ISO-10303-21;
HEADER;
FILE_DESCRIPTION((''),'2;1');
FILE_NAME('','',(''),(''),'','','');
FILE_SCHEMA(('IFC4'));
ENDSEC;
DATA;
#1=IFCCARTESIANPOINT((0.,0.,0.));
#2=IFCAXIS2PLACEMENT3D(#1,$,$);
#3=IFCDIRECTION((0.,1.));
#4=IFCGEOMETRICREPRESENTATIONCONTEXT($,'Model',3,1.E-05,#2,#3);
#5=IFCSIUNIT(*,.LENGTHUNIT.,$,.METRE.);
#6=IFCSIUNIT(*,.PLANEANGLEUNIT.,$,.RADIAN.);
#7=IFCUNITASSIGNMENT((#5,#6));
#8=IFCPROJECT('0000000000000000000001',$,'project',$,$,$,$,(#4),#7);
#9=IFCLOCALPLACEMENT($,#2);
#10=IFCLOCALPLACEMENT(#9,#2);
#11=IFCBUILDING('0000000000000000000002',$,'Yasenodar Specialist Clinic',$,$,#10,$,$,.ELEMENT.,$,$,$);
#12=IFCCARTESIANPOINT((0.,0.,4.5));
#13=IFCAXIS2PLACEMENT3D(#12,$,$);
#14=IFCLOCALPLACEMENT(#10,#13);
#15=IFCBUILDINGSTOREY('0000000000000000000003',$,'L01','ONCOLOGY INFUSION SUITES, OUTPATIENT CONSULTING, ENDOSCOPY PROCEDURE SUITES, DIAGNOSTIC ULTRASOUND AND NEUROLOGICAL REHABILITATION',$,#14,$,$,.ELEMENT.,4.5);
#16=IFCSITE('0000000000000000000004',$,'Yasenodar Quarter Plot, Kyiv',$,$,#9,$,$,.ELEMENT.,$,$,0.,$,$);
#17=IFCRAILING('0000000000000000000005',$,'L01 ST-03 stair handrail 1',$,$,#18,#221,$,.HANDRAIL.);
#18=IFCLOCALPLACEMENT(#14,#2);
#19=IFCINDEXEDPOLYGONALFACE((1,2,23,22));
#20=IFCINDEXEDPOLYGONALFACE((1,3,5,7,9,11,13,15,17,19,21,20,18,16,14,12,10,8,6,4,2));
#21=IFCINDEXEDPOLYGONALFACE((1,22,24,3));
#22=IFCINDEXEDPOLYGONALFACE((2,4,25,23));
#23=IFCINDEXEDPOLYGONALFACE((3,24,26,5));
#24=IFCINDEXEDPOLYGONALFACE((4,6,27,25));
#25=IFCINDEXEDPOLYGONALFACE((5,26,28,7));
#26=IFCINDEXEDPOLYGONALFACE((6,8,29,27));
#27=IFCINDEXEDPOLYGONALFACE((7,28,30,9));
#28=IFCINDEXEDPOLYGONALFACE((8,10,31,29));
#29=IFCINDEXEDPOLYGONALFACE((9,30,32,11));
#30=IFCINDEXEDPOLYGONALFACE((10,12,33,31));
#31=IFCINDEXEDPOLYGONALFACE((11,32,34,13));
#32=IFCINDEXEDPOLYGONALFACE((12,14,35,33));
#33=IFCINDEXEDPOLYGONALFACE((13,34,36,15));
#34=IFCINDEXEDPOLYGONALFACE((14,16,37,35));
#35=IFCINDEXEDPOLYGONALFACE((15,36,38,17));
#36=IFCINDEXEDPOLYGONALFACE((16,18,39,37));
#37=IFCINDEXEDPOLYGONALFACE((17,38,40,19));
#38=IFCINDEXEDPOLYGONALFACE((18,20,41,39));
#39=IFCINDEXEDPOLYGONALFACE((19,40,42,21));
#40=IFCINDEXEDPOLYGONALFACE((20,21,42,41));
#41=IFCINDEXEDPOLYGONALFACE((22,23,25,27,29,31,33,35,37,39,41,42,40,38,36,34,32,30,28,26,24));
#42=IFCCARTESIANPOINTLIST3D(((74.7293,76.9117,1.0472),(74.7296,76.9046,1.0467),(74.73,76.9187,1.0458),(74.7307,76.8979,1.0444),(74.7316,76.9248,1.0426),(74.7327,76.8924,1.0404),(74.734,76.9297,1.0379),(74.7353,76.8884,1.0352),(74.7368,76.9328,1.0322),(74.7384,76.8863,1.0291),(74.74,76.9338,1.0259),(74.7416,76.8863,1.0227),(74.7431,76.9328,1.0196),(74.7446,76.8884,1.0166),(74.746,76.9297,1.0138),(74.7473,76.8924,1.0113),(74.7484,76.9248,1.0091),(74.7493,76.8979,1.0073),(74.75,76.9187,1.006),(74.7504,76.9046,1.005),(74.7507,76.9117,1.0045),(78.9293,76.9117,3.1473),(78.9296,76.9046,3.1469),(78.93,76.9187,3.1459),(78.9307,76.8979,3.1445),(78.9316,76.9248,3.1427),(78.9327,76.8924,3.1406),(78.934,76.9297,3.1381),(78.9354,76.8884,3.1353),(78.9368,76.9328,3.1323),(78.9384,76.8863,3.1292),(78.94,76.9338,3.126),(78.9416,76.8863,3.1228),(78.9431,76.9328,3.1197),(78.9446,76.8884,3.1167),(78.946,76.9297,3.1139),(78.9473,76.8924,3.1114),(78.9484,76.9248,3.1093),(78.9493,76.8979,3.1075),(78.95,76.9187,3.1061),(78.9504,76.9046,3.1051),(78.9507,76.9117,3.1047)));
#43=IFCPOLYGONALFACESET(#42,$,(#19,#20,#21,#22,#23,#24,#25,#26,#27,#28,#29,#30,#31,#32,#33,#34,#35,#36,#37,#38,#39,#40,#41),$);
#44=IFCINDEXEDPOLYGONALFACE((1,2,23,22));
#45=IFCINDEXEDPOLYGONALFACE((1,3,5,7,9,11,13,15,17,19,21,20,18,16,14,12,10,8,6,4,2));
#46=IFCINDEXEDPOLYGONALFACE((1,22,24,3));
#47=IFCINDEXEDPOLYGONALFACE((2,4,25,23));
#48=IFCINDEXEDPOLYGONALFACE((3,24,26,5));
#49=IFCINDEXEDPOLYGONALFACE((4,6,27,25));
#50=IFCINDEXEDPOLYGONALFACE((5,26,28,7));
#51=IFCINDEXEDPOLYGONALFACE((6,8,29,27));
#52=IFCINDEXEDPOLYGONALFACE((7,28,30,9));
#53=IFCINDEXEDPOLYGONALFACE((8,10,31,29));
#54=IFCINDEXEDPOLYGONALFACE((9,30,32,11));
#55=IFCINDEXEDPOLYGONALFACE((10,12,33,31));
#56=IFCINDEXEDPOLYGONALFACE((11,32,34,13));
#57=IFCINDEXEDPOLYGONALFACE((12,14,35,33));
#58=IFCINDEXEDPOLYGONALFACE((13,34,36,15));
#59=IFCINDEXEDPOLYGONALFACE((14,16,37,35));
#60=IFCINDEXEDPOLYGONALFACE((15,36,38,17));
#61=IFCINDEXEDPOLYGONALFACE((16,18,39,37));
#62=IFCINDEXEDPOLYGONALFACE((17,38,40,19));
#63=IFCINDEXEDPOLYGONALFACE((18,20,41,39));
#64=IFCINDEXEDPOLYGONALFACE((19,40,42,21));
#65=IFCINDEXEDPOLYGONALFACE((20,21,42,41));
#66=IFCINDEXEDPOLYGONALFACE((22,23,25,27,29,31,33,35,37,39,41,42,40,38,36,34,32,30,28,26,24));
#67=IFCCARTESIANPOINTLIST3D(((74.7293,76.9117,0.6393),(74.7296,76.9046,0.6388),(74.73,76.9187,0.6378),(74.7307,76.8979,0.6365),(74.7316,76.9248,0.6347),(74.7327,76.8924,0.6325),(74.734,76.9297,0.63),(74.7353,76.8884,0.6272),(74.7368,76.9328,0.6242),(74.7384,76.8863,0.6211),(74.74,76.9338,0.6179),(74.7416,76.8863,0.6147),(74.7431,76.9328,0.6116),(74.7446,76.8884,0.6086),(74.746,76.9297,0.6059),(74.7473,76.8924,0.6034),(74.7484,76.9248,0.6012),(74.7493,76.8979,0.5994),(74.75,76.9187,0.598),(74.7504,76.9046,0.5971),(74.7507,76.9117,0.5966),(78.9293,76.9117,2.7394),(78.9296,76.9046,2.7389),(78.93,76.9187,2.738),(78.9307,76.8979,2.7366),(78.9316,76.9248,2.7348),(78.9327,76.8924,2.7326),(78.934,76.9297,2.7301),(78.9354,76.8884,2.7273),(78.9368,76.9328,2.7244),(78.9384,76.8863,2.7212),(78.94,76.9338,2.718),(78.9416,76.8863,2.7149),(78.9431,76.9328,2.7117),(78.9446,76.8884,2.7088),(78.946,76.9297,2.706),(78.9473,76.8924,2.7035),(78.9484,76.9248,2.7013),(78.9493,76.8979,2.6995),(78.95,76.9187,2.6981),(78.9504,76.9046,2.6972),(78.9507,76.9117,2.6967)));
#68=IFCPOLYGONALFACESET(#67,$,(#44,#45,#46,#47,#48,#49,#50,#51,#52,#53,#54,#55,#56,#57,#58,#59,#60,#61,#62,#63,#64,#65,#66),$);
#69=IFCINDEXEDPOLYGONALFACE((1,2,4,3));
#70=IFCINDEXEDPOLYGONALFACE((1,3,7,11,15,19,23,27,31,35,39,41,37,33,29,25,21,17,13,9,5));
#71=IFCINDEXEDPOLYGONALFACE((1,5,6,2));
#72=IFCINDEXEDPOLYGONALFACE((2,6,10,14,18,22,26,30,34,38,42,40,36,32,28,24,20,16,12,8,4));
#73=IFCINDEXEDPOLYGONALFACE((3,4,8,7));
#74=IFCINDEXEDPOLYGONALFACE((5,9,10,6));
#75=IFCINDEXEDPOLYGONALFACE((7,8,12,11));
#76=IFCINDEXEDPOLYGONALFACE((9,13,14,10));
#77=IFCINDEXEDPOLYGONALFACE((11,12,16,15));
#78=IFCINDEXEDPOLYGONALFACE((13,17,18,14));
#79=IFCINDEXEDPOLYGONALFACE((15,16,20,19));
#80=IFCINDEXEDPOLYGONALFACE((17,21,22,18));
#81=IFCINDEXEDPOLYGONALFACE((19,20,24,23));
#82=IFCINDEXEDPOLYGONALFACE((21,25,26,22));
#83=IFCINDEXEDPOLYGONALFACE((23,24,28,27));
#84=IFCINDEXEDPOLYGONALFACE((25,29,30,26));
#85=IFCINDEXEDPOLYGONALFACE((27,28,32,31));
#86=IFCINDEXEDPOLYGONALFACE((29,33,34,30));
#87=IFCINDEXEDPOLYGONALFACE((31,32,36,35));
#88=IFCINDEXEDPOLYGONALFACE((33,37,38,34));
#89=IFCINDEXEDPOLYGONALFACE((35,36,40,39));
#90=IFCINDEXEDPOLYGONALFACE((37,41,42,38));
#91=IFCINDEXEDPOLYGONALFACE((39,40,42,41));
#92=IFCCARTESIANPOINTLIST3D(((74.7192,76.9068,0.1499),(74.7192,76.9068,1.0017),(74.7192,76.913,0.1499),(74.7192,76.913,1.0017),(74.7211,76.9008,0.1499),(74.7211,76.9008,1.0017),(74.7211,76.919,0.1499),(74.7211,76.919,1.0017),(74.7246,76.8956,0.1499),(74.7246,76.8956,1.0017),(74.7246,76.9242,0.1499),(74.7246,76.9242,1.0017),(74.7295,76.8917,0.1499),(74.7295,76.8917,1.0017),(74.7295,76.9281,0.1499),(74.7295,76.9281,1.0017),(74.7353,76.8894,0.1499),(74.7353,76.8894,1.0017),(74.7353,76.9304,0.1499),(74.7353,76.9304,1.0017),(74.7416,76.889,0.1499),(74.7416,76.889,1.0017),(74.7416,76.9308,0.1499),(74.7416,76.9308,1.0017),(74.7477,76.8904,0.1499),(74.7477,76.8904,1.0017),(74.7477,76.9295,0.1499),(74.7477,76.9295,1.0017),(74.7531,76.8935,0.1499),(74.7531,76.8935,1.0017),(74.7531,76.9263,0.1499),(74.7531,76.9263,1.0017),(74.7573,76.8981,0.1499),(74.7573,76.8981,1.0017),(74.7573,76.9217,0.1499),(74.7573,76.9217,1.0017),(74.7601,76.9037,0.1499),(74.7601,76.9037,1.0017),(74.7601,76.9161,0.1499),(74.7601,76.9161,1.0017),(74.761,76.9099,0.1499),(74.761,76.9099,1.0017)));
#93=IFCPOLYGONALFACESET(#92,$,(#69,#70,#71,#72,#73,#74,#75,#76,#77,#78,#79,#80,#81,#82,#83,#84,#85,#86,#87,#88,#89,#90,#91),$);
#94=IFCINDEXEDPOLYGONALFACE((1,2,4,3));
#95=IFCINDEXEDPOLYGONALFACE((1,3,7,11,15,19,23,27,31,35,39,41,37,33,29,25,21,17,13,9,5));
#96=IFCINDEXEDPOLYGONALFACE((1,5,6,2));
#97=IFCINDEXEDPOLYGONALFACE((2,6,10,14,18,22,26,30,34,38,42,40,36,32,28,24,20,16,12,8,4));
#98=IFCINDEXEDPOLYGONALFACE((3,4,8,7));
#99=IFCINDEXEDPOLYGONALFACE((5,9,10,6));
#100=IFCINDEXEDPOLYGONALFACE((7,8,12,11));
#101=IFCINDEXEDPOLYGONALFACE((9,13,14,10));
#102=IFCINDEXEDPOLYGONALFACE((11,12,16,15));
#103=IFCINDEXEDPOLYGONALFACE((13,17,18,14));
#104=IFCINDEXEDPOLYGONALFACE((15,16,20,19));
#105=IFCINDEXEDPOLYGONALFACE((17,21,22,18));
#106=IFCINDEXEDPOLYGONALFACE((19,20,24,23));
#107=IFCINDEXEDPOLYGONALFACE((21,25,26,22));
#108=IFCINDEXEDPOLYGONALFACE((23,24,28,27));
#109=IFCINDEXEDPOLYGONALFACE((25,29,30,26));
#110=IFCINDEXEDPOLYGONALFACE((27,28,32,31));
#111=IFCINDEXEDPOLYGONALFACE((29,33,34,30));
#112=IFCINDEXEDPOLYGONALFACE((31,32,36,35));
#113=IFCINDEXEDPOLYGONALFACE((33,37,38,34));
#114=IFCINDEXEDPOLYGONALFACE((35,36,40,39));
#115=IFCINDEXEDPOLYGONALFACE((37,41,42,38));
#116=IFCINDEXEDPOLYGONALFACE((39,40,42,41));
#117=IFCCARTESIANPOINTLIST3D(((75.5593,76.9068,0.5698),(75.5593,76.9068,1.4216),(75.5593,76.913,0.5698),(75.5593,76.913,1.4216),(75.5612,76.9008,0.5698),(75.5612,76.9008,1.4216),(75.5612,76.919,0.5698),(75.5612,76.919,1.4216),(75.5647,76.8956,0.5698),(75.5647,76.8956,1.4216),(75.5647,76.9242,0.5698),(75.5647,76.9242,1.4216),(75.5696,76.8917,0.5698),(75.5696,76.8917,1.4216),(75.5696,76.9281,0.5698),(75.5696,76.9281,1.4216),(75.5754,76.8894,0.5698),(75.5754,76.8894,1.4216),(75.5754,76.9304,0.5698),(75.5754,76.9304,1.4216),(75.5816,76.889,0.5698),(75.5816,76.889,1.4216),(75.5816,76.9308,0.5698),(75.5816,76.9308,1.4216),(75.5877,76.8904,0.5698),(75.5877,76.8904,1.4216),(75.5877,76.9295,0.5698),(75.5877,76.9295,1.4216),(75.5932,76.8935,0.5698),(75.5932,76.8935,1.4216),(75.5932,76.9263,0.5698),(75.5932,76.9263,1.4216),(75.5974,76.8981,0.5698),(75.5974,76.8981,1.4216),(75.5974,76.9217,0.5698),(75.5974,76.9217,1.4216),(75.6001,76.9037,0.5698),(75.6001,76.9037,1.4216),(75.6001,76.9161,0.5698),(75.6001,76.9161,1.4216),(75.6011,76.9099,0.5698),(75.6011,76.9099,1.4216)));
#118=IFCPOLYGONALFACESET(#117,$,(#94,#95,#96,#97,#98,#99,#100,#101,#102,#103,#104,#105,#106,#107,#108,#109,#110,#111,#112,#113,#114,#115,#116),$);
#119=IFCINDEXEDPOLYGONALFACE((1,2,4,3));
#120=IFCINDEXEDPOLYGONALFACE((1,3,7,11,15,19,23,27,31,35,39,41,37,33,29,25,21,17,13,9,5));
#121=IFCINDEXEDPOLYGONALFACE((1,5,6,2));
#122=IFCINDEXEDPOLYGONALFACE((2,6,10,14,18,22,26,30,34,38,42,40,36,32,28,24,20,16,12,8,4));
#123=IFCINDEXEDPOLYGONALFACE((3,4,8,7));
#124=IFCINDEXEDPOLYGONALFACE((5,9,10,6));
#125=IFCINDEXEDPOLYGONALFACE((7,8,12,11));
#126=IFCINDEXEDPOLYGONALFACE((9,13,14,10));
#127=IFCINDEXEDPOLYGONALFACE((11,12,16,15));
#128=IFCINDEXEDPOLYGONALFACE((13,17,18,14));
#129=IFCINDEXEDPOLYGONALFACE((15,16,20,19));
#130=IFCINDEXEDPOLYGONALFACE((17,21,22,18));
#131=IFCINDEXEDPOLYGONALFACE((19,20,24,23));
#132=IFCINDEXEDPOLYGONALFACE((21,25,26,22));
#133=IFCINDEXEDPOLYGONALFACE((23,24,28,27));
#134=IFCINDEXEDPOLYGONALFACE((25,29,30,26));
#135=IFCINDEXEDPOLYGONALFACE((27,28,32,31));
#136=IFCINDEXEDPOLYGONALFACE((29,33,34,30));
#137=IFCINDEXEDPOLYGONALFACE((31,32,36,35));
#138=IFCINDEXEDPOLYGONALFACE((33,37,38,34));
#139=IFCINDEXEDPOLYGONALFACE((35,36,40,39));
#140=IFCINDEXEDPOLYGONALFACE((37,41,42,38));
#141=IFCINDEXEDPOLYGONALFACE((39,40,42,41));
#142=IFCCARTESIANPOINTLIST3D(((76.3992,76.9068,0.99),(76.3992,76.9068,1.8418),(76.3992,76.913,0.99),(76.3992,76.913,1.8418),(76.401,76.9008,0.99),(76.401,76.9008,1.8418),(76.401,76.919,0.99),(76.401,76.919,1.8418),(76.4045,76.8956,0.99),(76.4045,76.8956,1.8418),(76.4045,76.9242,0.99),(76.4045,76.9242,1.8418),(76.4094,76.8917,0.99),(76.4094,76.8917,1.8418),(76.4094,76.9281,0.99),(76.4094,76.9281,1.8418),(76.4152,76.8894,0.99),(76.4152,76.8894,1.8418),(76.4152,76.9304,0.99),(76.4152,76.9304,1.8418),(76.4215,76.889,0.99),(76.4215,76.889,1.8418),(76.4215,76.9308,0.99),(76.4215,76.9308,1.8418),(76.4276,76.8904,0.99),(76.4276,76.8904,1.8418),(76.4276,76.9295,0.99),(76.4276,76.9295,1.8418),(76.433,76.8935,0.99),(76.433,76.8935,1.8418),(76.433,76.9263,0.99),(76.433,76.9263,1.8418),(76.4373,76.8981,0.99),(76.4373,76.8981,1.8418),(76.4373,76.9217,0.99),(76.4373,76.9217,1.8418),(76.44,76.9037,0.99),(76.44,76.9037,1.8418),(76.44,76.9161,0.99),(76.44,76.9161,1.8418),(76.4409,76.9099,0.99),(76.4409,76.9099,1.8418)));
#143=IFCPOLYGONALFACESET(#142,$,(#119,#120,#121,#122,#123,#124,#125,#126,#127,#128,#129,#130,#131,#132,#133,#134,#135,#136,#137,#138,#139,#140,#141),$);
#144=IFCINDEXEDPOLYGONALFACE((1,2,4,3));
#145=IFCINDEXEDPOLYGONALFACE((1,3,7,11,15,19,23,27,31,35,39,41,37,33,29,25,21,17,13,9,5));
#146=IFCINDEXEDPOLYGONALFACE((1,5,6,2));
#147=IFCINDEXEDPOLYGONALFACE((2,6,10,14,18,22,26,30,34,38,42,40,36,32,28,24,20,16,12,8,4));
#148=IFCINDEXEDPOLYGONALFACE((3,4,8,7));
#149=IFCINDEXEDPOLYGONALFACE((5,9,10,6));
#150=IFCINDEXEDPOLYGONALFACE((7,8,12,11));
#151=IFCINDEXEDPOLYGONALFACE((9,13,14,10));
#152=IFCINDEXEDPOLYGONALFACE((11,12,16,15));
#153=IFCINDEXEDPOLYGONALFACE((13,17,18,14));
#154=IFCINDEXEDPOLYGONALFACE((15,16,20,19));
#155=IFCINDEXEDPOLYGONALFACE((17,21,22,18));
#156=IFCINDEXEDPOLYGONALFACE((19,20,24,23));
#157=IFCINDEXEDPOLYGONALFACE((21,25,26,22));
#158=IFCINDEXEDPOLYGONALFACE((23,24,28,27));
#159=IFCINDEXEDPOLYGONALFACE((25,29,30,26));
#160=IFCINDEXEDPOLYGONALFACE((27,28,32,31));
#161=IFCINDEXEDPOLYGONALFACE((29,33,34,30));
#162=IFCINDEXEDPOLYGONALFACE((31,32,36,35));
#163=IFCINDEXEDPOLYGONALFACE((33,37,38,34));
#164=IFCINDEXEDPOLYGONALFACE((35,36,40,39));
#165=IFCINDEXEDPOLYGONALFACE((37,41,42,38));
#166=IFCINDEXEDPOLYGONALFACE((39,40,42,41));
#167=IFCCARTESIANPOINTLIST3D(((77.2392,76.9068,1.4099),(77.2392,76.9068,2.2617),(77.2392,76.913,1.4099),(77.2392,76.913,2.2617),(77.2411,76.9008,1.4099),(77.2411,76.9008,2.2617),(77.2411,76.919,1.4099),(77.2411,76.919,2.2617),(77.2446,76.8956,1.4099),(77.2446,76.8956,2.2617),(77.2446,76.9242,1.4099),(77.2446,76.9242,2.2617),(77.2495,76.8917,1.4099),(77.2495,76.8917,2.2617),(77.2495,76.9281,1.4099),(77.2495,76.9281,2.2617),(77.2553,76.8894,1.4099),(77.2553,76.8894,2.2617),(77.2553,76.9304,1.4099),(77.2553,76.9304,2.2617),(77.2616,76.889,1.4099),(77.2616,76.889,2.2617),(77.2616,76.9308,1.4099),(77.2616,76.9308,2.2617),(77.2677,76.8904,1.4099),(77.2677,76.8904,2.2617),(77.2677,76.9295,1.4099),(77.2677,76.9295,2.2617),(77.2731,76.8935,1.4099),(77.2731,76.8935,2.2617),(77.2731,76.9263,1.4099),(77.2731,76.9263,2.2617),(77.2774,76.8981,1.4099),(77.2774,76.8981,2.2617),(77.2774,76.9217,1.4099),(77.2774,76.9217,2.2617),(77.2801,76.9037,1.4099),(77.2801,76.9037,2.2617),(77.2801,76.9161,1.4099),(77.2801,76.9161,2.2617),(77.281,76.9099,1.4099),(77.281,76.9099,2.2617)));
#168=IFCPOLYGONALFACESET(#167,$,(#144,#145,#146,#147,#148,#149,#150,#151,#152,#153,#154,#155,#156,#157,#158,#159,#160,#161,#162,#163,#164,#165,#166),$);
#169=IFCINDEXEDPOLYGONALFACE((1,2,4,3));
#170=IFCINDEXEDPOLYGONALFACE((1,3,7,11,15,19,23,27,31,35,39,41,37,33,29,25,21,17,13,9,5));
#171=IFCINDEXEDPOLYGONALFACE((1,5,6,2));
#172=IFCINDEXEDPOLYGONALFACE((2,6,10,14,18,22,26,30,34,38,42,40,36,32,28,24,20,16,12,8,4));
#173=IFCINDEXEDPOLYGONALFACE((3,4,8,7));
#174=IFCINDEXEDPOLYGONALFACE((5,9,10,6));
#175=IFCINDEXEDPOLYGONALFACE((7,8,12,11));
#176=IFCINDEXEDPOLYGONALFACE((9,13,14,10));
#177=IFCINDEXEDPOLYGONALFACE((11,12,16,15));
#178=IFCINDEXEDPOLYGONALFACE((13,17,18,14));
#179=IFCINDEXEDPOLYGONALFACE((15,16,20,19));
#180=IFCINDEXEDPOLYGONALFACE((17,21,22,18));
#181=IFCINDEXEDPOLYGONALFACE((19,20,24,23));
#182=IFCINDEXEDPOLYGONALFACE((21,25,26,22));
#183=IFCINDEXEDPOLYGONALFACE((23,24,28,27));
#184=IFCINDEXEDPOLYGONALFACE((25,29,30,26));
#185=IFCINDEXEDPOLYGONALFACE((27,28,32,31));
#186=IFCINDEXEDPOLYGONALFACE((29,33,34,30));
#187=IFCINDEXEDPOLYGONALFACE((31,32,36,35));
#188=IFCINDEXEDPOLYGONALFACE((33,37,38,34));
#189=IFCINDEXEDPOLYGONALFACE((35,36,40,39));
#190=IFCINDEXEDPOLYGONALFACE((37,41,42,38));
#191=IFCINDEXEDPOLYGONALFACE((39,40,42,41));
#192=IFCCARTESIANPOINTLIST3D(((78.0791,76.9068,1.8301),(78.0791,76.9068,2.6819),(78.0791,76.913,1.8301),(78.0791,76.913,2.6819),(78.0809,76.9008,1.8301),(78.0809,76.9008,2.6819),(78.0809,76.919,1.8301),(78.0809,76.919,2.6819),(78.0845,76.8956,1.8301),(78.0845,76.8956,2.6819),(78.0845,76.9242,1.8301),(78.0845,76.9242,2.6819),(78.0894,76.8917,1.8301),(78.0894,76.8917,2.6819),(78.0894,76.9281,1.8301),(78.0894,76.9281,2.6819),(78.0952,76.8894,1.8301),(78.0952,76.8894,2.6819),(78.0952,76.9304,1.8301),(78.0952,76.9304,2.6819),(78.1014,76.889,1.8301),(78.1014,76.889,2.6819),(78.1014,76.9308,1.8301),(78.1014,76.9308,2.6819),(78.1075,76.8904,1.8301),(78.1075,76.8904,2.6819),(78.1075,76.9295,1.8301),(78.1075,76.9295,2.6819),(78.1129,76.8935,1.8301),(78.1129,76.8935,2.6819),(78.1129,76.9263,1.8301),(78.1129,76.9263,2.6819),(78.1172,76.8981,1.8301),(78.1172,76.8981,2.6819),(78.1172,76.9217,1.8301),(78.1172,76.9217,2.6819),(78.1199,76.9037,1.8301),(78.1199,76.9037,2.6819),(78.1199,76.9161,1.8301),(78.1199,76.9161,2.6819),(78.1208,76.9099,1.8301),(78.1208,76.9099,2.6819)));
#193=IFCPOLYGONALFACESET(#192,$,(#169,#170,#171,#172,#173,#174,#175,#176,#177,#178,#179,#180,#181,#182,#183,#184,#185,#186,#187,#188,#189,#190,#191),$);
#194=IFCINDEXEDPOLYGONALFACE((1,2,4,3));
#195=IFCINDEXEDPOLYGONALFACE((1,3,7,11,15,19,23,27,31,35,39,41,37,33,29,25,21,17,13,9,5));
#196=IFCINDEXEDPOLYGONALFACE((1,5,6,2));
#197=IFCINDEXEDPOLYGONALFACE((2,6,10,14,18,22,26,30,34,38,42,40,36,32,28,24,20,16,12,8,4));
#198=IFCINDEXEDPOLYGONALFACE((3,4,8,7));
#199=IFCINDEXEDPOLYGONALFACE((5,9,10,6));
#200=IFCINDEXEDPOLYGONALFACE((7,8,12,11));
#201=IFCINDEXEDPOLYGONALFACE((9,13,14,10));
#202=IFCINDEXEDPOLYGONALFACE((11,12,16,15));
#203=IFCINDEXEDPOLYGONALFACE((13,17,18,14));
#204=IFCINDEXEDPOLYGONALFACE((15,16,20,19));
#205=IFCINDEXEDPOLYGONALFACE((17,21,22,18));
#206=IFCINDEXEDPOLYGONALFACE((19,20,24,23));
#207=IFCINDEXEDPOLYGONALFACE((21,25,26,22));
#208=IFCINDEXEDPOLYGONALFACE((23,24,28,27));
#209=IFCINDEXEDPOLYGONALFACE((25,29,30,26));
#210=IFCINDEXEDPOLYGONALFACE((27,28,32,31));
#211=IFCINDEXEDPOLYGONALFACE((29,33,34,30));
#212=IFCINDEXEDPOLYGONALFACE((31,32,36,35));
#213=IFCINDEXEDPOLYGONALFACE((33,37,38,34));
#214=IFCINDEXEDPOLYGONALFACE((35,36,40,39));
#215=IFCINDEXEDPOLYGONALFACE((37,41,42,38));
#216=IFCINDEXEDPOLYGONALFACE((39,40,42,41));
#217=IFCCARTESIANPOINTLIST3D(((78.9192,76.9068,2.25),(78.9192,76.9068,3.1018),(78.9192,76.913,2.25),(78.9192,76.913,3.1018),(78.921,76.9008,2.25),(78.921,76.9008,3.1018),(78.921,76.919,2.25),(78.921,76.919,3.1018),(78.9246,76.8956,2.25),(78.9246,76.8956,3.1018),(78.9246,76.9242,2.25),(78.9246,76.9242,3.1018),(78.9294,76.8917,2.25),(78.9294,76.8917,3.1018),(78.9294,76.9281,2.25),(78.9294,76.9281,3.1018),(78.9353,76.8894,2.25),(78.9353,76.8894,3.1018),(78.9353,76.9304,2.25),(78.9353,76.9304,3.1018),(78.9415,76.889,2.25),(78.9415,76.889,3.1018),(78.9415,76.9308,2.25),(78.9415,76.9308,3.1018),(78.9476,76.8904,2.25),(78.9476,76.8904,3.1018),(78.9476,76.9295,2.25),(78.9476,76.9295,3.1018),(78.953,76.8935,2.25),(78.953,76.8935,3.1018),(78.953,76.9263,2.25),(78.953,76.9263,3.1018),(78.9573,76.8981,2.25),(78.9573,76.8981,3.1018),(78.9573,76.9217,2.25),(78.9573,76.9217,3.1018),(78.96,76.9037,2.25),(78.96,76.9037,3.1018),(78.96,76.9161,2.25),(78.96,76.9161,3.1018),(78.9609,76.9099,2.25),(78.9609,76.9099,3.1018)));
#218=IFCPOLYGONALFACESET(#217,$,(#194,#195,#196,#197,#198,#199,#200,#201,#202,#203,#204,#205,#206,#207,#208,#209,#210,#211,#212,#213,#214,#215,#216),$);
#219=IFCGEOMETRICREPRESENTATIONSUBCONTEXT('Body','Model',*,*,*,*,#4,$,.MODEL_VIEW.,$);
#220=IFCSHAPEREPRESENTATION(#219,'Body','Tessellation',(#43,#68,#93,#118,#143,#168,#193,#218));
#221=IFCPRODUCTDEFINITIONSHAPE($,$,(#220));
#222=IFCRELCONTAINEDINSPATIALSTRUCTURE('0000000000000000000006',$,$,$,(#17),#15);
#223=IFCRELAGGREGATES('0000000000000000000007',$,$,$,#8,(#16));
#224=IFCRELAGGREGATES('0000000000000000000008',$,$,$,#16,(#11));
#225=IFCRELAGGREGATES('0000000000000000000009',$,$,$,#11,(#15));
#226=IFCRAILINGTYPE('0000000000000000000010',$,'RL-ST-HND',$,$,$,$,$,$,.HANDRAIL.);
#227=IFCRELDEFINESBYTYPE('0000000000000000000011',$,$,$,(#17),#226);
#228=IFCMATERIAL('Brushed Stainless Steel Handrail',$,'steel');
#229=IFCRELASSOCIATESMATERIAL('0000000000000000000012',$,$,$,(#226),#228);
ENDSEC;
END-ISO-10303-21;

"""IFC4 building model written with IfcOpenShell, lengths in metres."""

from ifc_helpers import new_model, si_unit, direction, frame, origin, origin_2d, place, context, subcontext, project, spatial, circle, extrude, material, type_object, element, save


model = new_model("IFC4")

# Units and contexts
model_context = context("Model", 3, precision=1e-05, world=origin(), true_north=direction((0.0, 1.0)))
body_context = subcontext(model_context, "Body", "Model", "MODEL_VIEW")
ifc_project = project(units=[si_unit("LENGTHUNIT", "METRE"), si_unit("PLANEANGLEUNIT", "RADIAN")], contexts=[model_context])

# Site, building, storey
site_placement = place(None, origin())
site = spatial("IfcSite", under=ifc_project, at=site_placement, Name="Yasenodar Quarter Plot, Kyiv", CompositionType="ELEMENT", RefElevation=0.0)
building_placement = place(site_placement, origin())
building = spatial("IfcBuilding", under=site, at=building_placement, Name="Yasenodar Specialist Clinic", CompositionType="ELEMENT")
storey_placement = place(building_placement, frame((0.0, 0.0, 4.5)))
storey = spatial("IfcBuildingStorey", under=building, at=storey_placement, Name="L01", Description="ONCOLOGY INFUSION SUITES, OUTPATIENT CONSULTING, ENDOSCOPY PROCEDURE SUITES, DIAGNOSTIC ULTRASOUND AND NEUROLOGICAL REHABILITATION", CompositionType="ELEMENT", Elevation=4.5)

# Railing
ifc_material_1 = material(Name="Brushed Stainless Steel Handrail", Category="steel")
railing_type_1 = type_object("IfcRailingType", Name="RL-ST-HND", PredefinedType="HANDRAIL", material=ifc_material_1)
railing_1_placement = place(storey_placement, frame((74.74, 76.9099, 0.1499)))
element("IfcRailing", 1, at=railing_1_placement, inside=storey, type_object=railing_type_1, Name="L01 ST-03 stair handrail 1", PredefinedType="HANDRAIL", context=body_context, shape_type="SweptSolid", body=[
    extrude(circle(Radius=0.0239, at=origin_2d()), frame((0.0, 0.0, 0.876), z_axis=(0.894417, 0.0, 0.447234), x_axis=(0.0, 1.0, 0.0)), (0.0, 0.0, 1.0), 4.6958),
    extrude(circle(Radius=0.0239, at=origin_2d()), frame((0.0, 0.0, 0.468), z_axis=(0.894417, 0.0, 0.447234), x_axis=(0.0, 1.0, 0.0)), (0.0, 0.0, 1.0), 4.6958),
    extrude(circle(Radius=0.021, at=origin_2d()), origin(), (0.0, 0.0, 1.0), 0.8518),
    extrude(circle(Radius=0.021, at=origin_2d()), frame((0.8401, 0.0, 0.4199)), (0.0, 0.0, 1.0), 0.8518),
    extrude(circle(Radius=0.021, at=origin_2d()), frame((1.6799, 0.0, 0.8401)), (0.0, 0.0, 1.0), 0.8518),
    extrude(circle(Radius=0.021, at=origin_2d()), frame((2.52, 0.0, 1.26)), (0.0, 0.0, 1.0), 0.8518),
    extrude(circle(Radius=0.021, at=origin_2d()), frame((3.3599, 0.0, 1.6802)), (0.0, 0.0, 1.0), 0.8518),
    extrude(circle(Radius=0.021, at=origin_2d()), frame((4.2, 0.0, 2.1001)), (0.0, 0.0, 1.0), 0.8518),
])

save(model, "model.ifc")
